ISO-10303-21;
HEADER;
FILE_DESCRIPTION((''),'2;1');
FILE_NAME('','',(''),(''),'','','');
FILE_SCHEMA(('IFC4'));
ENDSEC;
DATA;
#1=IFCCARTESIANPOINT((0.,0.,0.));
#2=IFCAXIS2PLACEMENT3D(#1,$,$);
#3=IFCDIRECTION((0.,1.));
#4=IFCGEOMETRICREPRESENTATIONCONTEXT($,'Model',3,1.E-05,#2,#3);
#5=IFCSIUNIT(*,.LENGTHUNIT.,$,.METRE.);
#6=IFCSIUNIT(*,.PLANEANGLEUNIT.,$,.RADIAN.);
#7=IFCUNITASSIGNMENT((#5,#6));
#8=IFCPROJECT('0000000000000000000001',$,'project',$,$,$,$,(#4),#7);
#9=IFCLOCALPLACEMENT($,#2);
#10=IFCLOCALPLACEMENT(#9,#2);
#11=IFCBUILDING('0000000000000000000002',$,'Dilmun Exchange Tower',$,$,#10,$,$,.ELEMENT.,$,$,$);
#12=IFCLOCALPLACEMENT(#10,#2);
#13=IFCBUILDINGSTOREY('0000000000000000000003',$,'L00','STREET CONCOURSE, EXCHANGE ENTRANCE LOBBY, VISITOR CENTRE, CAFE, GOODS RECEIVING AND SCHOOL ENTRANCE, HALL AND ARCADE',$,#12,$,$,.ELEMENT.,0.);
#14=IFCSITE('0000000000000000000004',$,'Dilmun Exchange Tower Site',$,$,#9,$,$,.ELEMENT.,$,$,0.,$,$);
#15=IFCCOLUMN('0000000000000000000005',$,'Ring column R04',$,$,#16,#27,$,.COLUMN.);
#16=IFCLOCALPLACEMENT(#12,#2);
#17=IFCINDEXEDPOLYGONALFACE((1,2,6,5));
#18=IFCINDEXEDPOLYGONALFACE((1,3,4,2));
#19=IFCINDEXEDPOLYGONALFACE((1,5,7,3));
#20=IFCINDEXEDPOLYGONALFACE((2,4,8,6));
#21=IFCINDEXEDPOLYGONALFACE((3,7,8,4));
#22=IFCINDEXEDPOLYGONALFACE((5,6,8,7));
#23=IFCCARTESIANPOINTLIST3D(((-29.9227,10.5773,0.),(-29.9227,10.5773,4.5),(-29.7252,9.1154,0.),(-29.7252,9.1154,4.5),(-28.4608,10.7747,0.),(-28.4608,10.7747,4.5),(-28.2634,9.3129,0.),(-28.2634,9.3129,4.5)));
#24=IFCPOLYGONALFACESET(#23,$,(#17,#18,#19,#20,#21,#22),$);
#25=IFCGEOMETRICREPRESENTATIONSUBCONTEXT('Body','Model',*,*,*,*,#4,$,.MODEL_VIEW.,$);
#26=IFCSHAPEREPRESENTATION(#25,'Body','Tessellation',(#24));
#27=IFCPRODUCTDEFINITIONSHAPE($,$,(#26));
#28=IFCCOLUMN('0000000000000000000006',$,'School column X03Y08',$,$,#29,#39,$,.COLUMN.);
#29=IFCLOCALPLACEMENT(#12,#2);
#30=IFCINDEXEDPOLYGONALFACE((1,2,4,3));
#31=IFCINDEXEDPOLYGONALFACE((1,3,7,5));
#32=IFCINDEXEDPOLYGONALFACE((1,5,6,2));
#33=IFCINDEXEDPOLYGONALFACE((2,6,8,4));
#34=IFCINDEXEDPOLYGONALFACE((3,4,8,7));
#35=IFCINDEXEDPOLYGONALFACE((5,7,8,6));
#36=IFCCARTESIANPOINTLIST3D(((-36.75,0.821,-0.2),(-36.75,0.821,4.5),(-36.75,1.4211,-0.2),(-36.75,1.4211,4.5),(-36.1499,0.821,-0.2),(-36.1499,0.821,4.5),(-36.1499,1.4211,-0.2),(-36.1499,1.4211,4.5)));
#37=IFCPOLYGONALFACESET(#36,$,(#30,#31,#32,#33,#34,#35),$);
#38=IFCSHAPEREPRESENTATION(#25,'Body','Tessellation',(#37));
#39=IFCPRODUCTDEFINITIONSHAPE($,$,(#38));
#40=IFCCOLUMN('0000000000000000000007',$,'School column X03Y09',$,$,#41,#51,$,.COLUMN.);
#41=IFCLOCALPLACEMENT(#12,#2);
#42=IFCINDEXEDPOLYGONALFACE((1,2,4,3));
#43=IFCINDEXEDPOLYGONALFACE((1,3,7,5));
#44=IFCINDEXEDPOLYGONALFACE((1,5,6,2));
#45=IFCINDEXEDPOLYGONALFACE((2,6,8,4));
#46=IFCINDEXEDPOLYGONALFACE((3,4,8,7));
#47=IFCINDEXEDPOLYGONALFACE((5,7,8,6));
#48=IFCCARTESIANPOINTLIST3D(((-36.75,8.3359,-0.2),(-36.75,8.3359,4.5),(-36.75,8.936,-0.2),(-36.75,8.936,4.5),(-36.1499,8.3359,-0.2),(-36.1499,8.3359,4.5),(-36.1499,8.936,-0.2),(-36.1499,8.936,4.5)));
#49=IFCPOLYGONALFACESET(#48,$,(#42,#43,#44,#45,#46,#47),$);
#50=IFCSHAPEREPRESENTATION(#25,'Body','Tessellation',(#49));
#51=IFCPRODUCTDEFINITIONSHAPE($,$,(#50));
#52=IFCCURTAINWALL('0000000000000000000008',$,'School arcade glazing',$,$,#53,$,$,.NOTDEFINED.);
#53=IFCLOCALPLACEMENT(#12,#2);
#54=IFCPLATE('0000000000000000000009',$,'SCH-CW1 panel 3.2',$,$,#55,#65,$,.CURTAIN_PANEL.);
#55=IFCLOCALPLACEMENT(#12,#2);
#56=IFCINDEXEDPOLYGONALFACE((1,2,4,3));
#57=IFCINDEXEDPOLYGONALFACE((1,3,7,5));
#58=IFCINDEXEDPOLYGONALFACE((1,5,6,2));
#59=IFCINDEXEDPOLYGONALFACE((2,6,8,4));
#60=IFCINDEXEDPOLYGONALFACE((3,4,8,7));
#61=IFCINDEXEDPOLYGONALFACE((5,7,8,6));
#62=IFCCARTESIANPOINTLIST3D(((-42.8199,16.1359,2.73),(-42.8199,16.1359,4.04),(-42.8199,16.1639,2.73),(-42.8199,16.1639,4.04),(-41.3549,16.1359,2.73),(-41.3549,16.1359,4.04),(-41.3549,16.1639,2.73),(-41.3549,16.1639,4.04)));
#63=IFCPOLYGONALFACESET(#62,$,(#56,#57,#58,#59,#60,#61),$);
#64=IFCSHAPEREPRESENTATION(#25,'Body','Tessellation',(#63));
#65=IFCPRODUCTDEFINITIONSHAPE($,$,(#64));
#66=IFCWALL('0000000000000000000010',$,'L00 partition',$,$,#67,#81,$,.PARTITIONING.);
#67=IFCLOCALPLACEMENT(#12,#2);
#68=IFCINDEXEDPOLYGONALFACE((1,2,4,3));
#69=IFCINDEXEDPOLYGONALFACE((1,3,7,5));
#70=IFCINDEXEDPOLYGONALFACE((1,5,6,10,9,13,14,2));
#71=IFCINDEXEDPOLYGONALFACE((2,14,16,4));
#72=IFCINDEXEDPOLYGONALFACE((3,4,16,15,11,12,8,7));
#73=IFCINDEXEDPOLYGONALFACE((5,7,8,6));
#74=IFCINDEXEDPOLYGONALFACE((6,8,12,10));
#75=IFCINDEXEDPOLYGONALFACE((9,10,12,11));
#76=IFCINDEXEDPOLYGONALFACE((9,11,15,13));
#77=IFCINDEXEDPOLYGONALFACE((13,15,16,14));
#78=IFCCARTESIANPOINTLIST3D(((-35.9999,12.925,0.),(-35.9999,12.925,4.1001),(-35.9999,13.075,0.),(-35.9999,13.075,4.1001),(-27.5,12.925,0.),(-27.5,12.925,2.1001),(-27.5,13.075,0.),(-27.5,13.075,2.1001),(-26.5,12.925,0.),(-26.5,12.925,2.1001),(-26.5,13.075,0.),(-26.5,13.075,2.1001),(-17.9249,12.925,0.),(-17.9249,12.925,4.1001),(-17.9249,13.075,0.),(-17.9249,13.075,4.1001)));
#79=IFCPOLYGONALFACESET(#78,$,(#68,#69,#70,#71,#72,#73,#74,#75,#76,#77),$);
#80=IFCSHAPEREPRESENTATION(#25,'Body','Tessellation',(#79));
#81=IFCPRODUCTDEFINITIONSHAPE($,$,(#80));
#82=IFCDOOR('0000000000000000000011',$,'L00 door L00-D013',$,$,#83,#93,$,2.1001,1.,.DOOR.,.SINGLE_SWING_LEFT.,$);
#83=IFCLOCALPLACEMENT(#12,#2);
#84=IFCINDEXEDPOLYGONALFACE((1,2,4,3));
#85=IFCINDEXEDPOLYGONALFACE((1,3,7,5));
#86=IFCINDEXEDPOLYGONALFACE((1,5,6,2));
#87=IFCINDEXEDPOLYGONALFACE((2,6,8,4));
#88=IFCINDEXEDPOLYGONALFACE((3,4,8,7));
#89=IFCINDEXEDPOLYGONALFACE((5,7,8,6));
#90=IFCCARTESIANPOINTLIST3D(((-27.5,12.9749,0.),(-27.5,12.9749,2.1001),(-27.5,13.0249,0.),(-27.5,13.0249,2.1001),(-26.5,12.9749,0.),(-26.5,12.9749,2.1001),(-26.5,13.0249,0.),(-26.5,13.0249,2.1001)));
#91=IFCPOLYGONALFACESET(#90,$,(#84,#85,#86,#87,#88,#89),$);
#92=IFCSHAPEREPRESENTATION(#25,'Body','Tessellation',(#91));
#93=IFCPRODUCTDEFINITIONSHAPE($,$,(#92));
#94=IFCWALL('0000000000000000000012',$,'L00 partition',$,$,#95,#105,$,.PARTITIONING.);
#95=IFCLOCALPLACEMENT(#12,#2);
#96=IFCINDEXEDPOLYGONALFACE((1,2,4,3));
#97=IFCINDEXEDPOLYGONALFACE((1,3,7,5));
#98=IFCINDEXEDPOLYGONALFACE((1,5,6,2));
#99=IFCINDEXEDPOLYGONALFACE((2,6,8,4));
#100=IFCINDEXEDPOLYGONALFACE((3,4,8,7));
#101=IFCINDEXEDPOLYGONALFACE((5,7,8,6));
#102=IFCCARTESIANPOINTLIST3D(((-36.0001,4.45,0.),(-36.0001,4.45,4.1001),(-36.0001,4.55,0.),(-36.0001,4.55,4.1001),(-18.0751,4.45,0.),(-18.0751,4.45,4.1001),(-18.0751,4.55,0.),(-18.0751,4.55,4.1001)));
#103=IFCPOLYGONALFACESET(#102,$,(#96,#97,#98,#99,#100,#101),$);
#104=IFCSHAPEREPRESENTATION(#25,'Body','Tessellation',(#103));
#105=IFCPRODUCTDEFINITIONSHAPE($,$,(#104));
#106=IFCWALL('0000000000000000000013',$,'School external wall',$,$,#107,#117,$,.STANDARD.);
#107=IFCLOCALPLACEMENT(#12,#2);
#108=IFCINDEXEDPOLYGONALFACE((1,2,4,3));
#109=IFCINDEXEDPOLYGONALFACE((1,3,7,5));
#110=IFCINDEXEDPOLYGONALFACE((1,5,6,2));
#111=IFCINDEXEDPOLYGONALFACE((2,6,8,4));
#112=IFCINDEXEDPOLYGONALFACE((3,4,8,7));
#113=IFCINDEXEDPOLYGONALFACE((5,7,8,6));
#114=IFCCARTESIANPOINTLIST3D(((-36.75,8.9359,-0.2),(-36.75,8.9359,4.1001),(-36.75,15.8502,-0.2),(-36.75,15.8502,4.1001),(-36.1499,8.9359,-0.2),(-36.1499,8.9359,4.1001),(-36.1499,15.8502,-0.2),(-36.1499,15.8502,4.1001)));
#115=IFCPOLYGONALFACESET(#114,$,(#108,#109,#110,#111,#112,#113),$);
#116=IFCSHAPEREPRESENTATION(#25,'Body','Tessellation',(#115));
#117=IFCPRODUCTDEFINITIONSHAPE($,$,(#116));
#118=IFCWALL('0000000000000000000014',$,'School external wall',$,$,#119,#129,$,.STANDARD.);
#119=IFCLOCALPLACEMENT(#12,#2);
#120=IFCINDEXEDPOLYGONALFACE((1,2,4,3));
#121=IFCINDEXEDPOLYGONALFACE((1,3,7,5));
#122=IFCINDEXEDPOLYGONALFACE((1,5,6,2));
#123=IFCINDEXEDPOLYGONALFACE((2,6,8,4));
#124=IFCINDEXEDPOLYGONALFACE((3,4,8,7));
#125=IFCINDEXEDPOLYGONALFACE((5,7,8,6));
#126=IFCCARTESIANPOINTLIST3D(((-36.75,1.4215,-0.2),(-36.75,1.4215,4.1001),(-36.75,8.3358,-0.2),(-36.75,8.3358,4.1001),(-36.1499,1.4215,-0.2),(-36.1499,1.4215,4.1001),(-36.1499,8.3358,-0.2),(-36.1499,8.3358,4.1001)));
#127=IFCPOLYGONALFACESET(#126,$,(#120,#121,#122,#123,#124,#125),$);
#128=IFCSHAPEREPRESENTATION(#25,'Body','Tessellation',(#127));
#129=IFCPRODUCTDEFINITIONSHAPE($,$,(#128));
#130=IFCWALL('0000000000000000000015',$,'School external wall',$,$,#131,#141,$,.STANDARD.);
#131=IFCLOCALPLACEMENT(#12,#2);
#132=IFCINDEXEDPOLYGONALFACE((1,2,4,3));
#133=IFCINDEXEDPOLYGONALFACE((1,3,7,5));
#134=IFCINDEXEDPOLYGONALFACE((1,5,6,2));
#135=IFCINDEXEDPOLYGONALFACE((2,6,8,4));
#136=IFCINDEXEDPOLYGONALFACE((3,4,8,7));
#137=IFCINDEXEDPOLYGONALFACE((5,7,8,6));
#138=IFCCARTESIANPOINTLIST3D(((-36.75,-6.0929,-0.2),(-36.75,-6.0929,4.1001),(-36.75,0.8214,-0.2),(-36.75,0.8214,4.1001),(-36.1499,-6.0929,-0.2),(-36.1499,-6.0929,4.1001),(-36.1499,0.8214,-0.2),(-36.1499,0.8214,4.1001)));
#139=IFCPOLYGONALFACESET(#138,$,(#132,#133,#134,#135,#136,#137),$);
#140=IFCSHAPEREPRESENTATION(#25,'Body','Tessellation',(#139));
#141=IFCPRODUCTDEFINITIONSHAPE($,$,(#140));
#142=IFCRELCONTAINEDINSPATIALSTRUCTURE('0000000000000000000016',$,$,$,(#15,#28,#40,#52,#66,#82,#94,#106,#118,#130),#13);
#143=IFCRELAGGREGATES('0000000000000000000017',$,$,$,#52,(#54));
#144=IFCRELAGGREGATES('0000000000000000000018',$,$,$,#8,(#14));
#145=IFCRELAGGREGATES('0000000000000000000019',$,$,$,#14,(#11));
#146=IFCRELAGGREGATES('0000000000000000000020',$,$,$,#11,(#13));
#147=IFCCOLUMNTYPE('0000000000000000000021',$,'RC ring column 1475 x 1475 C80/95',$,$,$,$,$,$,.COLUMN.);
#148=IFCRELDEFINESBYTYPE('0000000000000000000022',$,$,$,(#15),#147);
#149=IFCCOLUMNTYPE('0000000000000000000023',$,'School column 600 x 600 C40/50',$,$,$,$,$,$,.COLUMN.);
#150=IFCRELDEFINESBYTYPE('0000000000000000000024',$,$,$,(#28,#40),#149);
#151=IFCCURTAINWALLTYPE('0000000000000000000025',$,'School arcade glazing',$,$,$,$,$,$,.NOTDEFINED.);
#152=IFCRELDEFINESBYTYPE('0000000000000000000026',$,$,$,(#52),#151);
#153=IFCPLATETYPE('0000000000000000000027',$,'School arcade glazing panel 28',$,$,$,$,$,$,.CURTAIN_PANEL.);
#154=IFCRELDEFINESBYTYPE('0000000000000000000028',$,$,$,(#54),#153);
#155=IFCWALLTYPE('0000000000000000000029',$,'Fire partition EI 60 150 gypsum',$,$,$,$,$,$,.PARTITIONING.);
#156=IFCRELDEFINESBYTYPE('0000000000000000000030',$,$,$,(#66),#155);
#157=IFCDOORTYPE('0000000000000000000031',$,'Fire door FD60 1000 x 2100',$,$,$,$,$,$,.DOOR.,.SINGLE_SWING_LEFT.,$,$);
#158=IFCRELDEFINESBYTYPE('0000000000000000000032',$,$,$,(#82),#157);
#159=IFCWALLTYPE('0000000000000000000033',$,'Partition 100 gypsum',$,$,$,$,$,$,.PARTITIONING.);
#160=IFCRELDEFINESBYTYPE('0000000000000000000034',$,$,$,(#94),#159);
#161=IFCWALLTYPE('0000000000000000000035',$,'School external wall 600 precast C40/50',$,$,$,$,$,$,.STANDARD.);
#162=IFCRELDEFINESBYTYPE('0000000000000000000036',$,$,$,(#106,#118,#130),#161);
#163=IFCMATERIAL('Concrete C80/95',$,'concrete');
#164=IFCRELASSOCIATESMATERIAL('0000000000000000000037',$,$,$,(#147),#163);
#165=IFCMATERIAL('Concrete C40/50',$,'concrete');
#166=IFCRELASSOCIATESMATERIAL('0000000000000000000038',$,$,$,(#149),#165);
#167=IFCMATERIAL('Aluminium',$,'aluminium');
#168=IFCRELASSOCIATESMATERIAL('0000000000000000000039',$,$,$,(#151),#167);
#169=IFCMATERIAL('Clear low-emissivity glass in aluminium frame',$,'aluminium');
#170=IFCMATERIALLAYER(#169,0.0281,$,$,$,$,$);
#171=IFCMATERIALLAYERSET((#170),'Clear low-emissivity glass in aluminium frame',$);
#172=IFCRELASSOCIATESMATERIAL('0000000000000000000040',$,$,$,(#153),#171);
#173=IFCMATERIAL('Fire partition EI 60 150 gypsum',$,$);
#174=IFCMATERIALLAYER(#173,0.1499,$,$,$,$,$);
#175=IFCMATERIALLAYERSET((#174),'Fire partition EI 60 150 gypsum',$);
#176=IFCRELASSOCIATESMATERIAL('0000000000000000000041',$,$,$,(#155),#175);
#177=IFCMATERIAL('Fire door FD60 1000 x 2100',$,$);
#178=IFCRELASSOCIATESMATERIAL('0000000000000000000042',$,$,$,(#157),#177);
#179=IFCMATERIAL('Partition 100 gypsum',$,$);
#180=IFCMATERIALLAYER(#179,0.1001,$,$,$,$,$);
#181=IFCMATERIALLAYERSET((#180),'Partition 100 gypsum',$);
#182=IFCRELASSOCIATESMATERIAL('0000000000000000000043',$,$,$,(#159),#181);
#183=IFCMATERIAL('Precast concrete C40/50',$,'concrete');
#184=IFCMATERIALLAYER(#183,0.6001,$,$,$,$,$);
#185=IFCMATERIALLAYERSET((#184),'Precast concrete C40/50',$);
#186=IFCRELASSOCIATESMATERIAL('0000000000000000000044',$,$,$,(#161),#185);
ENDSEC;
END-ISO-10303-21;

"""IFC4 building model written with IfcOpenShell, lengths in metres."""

from ifc_helpers import new_model, si_unit, direction, frame, frame_2d, origin, origin_2d, place, context, subcontext, project, spatial, rectangle, extrude, material, layer, layer_set, material_profile, profile_set, type_object, element, fill, aggregate, save


model = new_model("IFC4")

# Units and contexts
model_context = context("Model", 3, precision=1e-05, world=origin(), true_north=direction((0.0, 1.0)))
body_context = subcontext(model_context, "Body", "Model", "MODEL_VIEW")
ifc_project = project(units=[si_unit("LENGTHUNIT", "METRE"), si_unit("PLANEANGLEUNIT", "RADIAN")], contexts=[model_context])

# Site, building, storey
site_placement = place(None, origin())
site = spatial("IfcSite", under=ifc_project, at=site_placement, Name="Dilmun Exchange Tower Site", CompositionType="ELEMENT", RefElevation=0.0)
building_placement = place(site_placement, origin())
building = spatial("IfcBuilding", under=site, at=building_placement, Name="Dilmun Exchange Tower", CompositionType="ELEMENT")
storey_placement = place(building_placement, origin())
storey = spatial("IfcBuildingStorey", under=building, at=storey_placement, Name="L00", Description="STREET CONCOURSE, EXCHANGE ENTRANCE LOBBY, VISITOR CENTRE, CAFE, GOODS RECEIVING AND SCHOOL ENTRANCE, HALL AND ARCADE", CompositionType="ELEMENT", Elevation=0.0)

# Columns
ifc_material_1 = material(Name="Concrete C80/95", Category="concrete")
ifc_material_profile_1 = material_profile(ifc_material_1, rectangle(XDim=1.4751, YDim=1.4751, at=origin_2d()), Name="1475 x 1475")
ifc_profile_set_1 = profile_set([ifc_material_profile_1], Name="Concrete C80/95")
column_type_1 = type_object("IfcColumnType", Name="RC ring column 1475 x 1475 C80/95", PredefinedType="COLUMN", material=ifc_profile_set_1)
column_1_placement = place(storey_placement, frame((-29.093, 9.9451, 0.0), z_axis=(0.0, 0.0, 1.0), x_axis=(0.991001, 0.133853, 0.0)))
element("IfcColumn", 1, at=column_1_placement, inside=storey, type_object=column_type_1, Name="Ring column R04", PredefinedType="COLUMN", context=body_context, shape_type="SweptSolid", body=[
    extrude(rectangle(XDim=1.4751, YDim=1.4751, at=origin_2d()), origin(), (0.0, 0.0, 1.0), 4.5),
])
ifc_material_2 = material(Name="Concrete C40/50", Category="concrete")
ifc_material_profile_2 = material_profile(ifc_material_2, rectangle(XDim=0.6001, YDim=0.6001, at=origin_2d()), Name="600 x 600")
ifc_profile_set_2 = profile_set([ifc_material_profile_2], Name="Concrete C40/50")
column_type_2 = type_object("IfcColumnType", Name="School column 600 x 600 C40/50", PredefinedType="COLUMN", material=ifc_profile_set_2)
for number, where, z_axis, x_axis, name in (
    (2, (-36.45, 1.1211, -0.2), (0.0, 0.0, 1.0), (1.0, 0.0, 0.0), "School column X03Y08"),
    (3, (-36.45, 8.636, -0.2), (0.0, 0.0, 1.0), (1.0, 0.0, 0.0), "School column X03Y09"),
):
    element("IfcColumn", number, at=place(storey_placement, frame(where, z_axis=z_axis, x_axis=x_axis)), inside=storey, type_object=column_type_2, Name=name, PredefinedType="COLUMN", context=body_context, shape_type="SweptSolid", body=[
        extrude(rectangle(XDim=0.6001, YDim=0.6001, at=origin_2d()), origin(), (0.0, 0.0, 1.0), 4.7),
    ])

# Curtain wall, plate
ifc_material_3 = material(Name="Aluminium", Category="aluminium")
curtain_wall_type = type_object("IfcCurtainWallType", Name="School arcade glazing", PredefinedType="NOTDEFINED", material=ifc_material_3)
curtain_wall_placement = place(storey_placement, origin())
curtain_wall = element("IfcCurtainWall", 4, at=curtain_wall_placement, inside=storey, type_object=curtain_wall_type, Name="School arcade glazing", PredefinedType="NOTDEFINED")
ifc_material_4 = material(Name="Clear low-emissivity glass in aluminium frame", Category="aluminium")
ifc_layer_1 = layer(ifc_material_4, 0.0281)
ifc_layer_set_1 = layer_set([ifc_layer_1], Name="Clear low-emissivity glass in aluminium frame")
plate_type = type_object("IfcPlateType", Name="School arcade glazing panel 28", PredefinedType="CURTAIN_PANEL", material=ifc_layer_set_1)
plate_placement = place(storey_placement, frame((-42.0874, 16.1499, 2.73), z_axis=(0.0, 0.0, 1.0), x_axis=(1.0, 0.0, 0.0)))
plate = element("IfcPlate", 5, at=plate_placement, type_object=plate_type, Name="SCH-CW1 panel 3.2", PredefinedType="CURTAIN_PANEL", context=body_context, shape_type="SweptSolid", body=[
    extrude(rectangle(XDim=1.4651, YDim=0.0281, at=origin_2d()), origin(), (0.0, 0.0, 1.0), 1.3101),
])
aggregate(curtain_wall, [plate])

# Wall, opening, door
ifc_material_5 = material(Name="Fire partition EI 60 150 gypsum")
ifc_layer_2 = layer(ifc_material_5, 0.1499)
ifc_layer_set_2 = layer_set([ifc_layer_2], Name="Fire partition EI 60 150 gypsum")
wall_type_1 = type_object("IfcWallType", Name="Fire partition EI 60 150 gypsum", PredefinedType="PARTITIONING", material=ifc_layer_set_2)
wall_1_placement = place(storey_placement, frame((-36.0, 13.0, 0.0), z_axis=(0.0, 0.0, 1.0), x_axis=(1.0, 0.0, 0.0)))
wall_1 = element("IfcWall", 6, at=wall_1_placement, inside=storey, type_object=wall_type_1, Name="L00 partition", PredefinedType="PARTITIONING", context=body_context, shape_type="SweptSolid", body=[
    extrude(rectangle(XDim=18.075, YDim=0.1499, at=frame_2d((9.0376, 0.0))), origin(), (0.0, 0.0, 1.0), 4.1001),
])
opening_placement = place(wall_1_placement, frame((8.5, 0.0, 0.0)))
opening = element("IfcOpeningElement", 7, at=opening_placement, cuts=wall_1, PredefinedType="OPENING", context=body_context, shape_type="SweptSolid", body=[
    extrude(rectangle(XDim=1.0, YDim=2.1001, at=frame_2d((0.5, 1.05))), frame((0.0, 0.085, 0.0), z_axis=(0.0, -1.0, 0.0), x_axis=(1.0, 0.0, 0.0)), (0.0, 0.0, 1.0), 0.1699),
])
ifc_material_6 = material(Name="Fire door FD60 1000 x 2100")
door_type = type_object("IfcDoorType", Name="Fire door FD60 1000 x 2100", OperationType="SINGLE_SWING_LEFT", PredefinedType="DOOR", material=ifc_material_6)
door_placement = place(opening_placement, origin())
door = element("IfcDoor", 8, at=door_placement, inside=storey, type_object=door_type, Name="L00 door L00-D013", OperationType="SINGLE_SWING_LEFT", OverallHeight=2.1001, OverallWidth=1.0, PredefinedType="DOOR", context=body_context, shape_type="SweptSolid", body=[
    extrude(rectangle(XDim=1.0, YDim=2.1001, at=frame_2d((0.5, 1.05))), frame((0.0, 0.0249, 0.0), z_axis=(0.0, -1.0, 0.0), x_axis=(1.0, 0.0, 0.0)), (0.0, 0.0, 1.0), 0.05),
])
fill(opening, door)

# Walls
ifc_material_7 = material(Name="Partition 100 gypsum")
ifc_layer_3 = layer(ifc_material_7, 0.1001)
ifc_layer_set_3 = layer_set([ifc_layer_3], Name="Partition 100 gypsum")
wall_type_2 = type_object("IfcWallType", Name="Partition 100 gypsum", PredefinedType="PARTITIONING", material=ifc_layer_set_3)
wall_2_placement = place(storey_placement, frame((-36.0, 4.5, 0.0), z_axis=(0.0, 0.0, 1.0), x_axis=(1.0, 0.0, 0.0)))
element("IfcWall", 9, at=wall_2_placement, inside=storey, type_object=wall_type_2, Name="L00 partition", PredefinedType="PARTITIONING", context=body_context, shape_type="SweptSolid", body=[
    extrude(rectangle(XDim=17.925, YDim=0.1001, at=frame_2d((8.9624, 0.0))), origin(), (0.0, 0.0, 1.0), 4.1001),
])
ifc_material_8 = material(Name="Precast concrete C40/50", Category="concrete")
ifc_layer_4 = layer(ifc_material_8, 0.6001)
ifc_layer_set_4 = layer_set([ifc_layer_4], Name="Precast concrete C40/50")
wall_type_3 = type_object("IfcWallType", Name="School external wall 600 precast C40/50", PredefinedType="STANDARD", material=ifc_layer_set_4)
for number, where, z_axis, x_axis, name in (
    (10, (-36.45, 15.8501, -0.2), (0.0, 0.0, 1.0), (0.0, -1.0, 0.0), "School external wall"),
    (11, (-36.45, 8.3357, -0.2), (0.0, 0.0, 1.0), (0.0, -1.0, 0.0), "School external wall"),
    (12, (-36.45, 0.8213, -0.2), (0.0, 0.0, 1.0), (0.0, -1.0, 0.0), "School external wall"),
):
    element("IfcWall", number, at=place(storey_placement, frame(where, z_axis=z_axis, x_axis=x_axis)), inside=storey, type_object=wall_type_3, Name=name, PredefinedType="STANDARD", context=body_context, shape_type="SweptSolid", body=[
        extrude(rectangle(XDim=6.9143, YDim=0.6001, at=frame_2d((3.457, 0.0))), origin(), (0.0, 0.0, 1.0), 4.3),
    ])

save(model, "model.ifc")
